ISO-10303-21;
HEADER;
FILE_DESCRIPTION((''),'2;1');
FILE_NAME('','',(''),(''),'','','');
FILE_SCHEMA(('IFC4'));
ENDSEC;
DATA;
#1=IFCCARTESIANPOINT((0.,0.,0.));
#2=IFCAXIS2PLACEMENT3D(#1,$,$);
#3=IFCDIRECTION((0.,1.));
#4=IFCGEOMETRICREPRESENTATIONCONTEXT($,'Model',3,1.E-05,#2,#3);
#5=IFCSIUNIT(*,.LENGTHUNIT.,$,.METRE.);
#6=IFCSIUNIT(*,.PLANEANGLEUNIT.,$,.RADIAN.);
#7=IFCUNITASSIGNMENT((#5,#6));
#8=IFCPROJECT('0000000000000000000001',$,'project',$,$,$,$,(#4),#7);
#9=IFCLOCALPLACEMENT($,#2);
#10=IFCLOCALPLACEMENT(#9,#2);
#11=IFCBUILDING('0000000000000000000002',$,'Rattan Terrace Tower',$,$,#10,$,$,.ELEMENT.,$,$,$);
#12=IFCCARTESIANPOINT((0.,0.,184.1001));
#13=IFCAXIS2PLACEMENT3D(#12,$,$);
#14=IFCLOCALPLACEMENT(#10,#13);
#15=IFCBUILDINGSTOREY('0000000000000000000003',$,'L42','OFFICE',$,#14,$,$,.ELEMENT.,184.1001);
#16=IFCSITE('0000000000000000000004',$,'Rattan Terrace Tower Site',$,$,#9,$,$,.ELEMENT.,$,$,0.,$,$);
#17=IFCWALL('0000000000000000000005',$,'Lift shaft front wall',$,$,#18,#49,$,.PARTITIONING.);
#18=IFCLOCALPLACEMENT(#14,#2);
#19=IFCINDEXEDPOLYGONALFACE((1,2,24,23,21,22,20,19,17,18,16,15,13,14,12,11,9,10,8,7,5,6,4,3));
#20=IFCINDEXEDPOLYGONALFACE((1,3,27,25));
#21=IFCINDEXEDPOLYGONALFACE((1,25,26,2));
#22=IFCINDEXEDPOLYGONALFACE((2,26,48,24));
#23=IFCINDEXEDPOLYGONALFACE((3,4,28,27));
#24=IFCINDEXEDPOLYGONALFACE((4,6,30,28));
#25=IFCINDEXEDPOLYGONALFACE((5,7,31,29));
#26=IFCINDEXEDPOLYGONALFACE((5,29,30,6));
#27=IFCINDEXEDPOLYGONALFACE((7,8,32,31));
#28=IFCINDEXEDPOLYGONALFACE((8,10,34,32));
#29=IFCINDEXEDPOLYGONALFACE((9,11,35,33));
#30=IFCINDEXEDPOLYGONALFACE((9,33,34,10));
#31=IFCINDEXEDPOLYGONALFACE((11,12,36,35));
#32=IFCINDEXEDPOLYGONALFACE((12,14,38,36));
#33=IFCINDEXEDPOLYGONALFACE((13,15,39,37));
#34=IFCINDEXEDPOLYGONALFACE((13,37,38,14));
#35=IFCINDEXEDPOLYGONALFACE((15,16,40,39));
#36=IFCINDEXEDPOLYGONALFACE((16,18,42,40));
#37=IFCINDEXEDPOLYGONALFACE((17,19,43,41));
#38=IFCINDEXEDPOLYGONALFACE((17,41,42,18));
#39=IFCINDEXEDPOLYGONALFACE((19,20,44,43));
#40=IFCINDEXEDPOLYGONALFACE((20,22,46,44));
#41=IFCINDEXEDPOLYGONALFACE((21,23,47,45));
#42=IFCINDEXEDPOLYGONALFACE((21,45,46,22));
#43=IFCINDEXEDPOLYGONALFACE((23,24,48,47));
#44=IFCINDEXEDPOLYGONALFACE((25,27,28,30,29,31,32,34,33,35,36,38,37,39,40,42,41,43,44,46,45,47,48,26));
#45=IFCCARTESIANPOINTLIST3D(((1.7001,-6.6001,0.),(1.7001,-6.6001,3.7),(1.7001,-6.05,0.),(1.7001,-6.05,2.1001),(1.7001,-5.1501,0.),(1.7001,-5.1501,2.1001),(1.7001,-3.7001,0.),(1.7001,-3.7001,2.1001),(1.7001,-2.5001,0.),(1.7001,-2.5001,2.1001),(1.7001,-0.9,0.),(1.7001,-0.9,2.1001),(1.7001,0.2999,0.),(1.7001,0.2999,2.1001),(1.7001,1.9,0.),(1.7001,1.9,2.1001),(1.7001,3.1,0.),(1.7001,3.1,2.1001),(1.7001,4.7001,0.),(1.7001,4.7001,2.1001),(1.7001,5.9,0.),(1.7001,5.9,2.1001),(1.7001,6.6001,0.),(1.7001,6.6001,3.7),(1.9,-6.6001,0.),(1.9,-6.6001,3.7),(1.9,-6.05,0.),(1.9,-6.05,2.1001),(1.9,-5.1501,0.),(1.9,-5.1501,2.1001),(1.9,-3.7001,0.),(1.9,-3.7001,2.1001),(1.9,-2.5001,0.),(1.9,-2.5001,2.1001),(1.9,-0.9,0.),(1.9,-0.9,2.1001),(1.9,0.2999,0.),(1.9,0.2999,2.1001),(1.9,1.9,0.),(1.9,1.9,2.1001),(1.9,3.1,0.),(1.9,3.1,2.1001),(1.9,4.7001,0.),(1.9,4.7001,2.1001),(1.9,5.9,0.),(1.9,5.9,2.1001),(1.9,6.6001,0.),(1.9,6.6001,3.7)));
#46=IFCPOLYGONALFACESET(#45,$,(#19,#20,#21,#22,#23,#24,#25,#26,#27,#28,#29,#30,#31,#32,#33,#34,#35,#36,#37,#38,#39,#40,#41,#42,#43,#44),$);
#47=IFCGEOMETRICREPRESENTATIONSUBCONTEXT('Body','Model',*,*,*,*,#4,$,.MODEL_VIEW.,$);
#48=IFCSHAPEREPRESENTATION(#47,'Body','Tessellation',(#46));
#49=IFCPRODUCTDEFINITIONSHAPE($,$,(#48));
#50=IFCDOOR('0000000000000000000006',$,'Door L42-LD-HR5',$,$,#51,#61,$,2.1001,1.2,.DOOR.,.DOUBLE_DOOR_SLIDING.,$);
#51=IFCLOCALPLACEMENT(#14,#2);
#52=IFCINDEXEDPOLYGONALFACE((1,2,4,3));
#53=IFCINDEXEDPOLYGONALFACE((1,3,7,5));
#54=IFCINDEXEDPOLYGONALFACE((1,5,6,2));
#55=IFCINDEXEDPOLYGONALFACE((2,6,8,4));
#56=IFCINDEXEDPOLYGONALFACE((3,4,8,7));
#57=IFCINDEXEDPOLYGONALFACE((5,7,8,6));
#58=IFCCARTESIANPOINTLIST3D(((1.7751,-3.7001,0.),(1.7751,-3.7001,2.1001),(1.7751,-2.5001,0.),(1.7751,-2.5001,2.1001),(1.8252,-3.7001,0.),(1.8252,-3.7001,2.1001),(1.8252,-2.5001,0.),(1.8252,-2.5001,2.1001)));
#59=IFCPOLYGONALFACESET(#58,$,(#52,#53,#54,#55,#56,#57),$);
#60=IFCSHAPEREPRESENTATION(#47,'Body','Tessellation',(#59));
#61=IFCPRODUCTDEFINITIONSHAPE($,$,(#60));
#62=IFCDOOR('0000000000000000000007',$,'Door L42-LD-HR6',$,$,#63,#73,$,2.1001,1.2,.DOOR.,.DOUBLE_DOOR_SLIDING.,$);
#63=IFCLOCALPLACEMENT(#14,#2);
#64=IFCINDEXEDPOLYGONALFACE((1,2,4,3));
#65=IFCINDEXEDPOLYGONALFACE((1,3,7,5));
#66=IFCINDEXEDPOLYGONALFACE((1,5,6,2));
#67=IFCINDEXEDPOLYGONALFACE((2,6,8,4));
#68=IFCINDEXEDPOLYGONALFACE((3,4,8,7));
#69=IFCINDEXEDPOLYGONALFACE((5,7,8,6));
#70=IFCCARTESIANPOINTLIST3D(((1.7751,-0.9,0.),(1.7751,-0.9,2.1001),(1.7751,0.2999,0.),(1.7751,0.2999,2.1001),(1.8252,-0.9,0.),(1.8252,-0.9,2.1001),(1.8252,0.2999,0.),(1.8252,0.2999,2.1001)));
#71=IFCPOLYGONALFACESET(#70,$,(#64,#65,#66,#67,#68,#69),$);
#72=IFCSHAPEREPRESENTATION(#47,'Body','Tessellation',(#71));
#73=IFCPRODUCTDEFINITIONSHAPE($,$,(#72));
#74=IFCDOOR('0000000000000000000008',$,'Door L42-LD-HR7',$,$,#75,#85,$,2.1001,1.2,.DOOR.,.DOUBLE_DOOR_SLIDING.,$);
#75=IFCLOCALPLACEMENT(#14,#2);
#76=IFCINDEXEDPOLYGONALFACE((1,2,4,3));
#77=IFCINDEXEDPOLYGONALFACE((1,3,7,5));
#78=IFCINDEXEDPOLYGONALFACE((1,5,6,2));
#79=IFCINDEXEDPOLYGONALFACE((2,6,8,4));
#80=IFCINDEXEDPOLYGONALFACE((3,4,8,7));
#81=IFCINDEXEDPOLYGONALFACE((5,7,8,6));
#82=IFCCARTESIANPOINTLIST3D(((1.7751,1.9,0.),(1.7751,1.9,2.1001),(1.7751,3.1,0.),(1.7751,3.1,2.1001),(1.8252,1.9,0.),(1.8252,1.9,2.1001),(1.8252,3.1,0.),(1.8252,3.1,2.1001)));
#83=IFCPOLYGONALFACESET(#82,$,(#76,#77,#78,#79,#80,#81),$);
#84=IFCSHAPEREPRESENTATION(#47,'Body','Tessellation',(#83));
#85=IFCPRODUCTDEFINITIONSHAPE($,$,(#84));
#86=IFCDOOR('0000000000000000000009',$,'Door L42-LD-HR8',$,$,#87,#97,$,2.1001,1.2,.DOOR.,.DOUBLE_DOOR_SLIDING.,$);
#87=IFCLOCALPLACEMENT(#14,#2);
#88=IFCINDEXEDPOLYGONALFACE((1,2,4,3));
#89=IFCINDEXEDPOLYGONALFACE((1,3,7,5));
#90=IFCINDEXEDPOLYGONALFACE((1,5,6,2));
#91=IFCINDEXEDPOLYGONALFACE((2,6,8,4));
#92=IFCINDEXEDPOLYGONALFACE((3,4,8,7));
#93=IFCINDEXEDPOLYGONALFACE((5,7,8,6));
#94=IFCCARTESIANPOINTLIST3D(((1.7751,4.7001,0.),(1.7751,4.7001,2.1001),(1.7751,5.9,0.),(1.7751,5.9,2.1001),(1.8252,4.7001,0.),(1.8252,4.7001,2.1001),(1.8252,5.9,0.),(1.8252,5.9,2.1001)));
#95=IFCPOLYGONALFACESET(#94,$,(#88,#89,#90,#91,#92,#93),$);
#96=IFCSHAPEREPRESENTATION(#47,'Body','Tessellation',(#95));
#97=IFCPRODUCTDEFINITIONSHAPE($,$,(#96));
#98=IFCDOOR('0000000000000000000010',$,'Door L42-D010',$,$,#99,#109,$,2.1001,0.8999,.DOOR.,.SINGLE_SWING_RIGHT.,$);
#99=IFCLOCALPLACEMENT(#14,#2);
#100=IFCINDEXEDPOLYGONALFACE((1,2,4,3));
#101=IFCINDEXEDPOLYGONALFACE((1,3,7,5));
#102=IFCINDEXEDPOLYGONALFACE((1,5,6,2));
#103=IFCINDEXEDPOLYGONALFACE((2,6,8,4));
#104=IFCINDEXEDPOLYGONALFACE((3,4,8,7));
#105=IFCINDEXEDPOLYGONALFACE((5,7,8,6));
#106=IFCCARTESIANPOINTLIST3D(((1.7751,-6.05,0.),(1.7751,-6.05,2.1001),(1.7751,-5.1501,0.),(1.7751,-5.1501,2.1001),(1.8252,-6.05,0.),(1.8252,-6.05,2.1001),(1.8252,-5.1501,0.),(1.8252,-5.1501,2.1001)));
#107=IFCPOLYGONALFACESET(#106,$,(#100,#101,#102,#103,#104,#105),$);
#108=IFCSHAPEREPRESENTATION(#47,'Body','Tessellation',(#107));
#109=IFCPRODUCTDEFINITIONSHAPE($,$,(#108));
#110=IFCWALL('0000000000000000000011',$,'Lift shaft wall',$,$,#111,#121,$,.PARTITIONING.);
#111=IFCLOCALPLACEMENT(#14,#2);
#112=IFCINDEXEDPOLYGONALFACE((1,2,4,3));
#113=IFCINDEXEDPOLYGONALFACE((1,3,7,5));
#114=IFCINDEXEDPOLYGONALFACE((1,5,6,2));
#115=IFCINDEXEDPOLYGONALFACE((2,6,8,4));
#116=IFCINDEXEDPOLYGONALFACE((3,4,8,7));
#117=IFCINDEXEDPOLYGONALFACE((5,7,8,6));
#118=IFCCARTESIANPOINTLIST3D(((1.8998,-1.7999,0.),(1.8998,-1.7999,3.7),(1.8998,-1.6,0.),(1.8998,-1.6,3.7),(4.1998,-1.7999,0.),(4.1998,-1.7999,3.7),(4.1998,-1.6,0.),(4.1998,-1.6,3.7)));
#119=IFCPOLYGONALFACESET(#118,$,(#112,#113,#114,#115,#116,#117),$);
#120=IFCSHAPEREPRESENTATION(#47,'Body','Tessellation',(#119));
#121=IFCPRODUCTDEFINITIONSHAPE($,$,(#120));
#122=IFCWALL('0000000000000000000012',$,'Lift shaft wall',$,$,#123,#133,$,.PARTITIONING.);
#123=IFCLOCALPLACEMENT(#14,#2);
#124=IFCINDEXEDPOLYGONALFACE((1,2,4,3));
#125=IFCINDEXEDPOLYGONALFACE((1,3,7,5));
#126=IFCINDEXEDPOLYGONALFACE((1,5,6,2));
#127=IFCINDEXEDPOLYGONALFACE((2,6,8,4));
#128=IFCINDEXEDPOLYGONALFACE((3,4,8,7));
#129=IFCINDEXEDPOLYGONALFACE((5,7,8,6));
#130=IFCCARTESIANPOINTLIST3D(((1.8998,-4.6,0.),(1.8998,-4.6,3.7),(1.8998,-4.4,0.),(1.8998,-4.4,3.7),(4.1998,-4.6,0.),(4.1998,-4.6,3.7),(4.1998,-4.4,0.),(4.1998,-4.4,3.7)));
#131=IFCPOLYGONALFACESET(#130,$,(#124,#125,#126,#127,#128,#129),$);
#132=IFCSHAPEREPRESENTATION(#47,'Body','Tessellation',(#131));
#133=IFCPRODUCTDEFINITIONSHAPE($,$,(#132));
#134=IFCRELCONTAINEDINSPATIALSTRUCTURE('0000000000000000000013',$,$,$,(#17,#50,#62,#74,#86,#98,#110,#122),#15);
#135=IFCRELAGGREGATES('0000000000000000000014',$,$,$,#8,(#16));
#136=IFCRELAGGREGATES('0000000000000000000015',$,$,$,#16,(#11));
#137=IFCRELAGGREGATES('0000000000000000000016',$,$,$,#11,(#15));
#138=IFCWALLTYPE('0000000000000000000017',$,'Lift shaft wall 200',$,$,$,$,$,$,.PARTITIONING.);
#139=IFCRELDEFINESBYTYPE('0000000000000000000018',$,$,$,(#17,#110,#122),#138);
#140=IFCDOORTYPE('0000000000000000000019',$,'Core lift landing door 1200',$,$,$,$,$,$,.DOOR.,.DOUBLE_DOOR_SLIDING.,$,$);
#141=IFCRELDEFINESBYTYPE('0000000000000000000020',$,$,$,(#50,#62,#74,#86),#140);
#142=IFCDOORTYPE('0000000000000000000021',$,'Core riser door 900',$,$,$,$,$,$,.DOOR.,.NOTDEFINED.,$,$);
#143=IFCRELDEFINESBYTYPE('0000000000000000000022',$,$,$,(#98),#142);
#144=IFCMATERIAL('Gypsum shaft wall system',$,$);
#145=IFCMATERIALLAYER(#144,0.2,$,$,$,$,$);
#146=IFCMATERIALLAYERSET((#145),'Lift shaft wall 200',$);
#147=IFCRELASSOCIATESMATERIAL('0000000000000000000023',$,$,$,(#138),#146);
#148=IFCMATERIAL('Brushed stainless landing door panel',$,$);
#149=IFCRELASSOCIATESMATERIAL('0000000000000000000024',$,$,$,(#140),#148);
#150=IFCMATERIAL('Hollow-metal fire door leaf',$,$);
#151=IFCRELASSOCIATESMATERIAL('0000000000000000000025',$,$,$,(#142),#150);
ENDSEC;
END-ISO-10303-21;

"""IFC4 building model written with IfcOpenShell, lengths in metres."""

from ifc_helpers import new_model, si_unit, direction, frame, frame_2d, origin, place, context, subcontext, project, spatial, rectangle, extrude, material, layer, layer_set, type_object, element, fill, save


model = new_model("IFC4")

# Units and contexts
model_context = context("Model", 3, precision=1e-05, world=origin(), true_north=direction((0.0, 1.0)))
body_context = subcontext(model_context, "Body", "Model", "MODEL_VIEW")
ifc_project = project(units=[si_unit("LENGTHUNIT", "METRE"), si_unit("PLANEANGLEUNIT", "RADIAN")], contexts=[model_context])

# Site, building, storey
site_placement = place(None, origin())
site = spatial("IfcSite", under=ifc_project, at=site_placement, Name="Rattan Terrace Tower Site", CompositionType="ELEMENT", RefElevation=0.0)
building_placement = place(site_placement, origin())
building = spatial("IfcBuilding", under=site, at=building_placement, Name="Rattan Terrace Tower", CompositionType="ELEMENT")
storey_placement = place(building_placement, frame((0.0, 0.0, 184.1001)))
storey = spatial("IfcBuildingStorey", under=building, at=storey_placement, Name="L42", Description="OFFICE", CompositionType="ELEMENT", Elevation=184.1001)

# Wall, openings, doors
ifc_material_1 = material(Name="Gypsum shaft wall system")
ifc_layer_1 = layer(ifc_material_1, 0.2)
ifc_layer_set_1 = layer_set([ifc_layer_1], Name="Lift shaft wall 200")
wall_type_1 = type_object("IfcWallType", Name="Lift shaft wall 200", PredefinedType="PARTITIONING", material=ifc_layer_set_1)
wall_1_placement = place(storey_placement, frame((1.8, -6.6001, 0.0), z_axis=(0.0, 0.0, 1.0), x_axis=(0.0, 1.0, 0.0)))
wall_1 = element("IfcWall", 1, at=wall_1_placement, inside=storey, type_object=wall_type_1, Name="Lift shaft front wall", PredefinedType="PARTITIONING", context=body_context, shape_type="SweptSolid", body=[
    extrude(rectangle(XDim=13.2002, YDim=0.2, at=frame_2d((6.6001, 0.0))), origin(), (0.0, 0.0, 1.0), 3.7),
])
opening_1_placement = place(wall_1_placement, frame((0.55, 0.0, 0.0)))
opening_1 = element("IfcOpeningElement", 2, at=opening_1_placement, cuts=wall_1, PredefinedType="OPENING", context=body_context, shape_type="SweptSolid", body=[
    extrude(rectangle(XDim=0.8999, YDim=2.1001, at=frame_2d((0.45, 1.05))), frame((0.0, 0.1106, 0.0), z_axis=(0.0, -1.0, 0.0), x_axis=(1.0, 0.0, 0.0)), (0.0, 0.0, 1.0), 0.2209),
])
opening_2_placement = place(wall_1_placement, frame((2.8999, 0.0, 0.0)))
opening_2 = element("IfcOpeningElement", 3, at=opening_2_placement, cuts=wall_1, PredefinedType="OPENING", context=body_context, shape_type="SweptSolid", body=[
    extrude(rectangle(XDim=1.2, YDim=2.1001, at=frame_2d((0.6001, 1.05))), frame((0.0, 0.1106, 0.0), z_axis=(0.0, -1.0, 0.0), x_axis=(1.0, 0.0, 0.0)), (0.0, 0.0, 1.0), 0.2209),
])
opening_3_placement = place(wall_1_placement, frame((5.7, 0.0, 0.0)))
opening_3 = element("IfcOpeningElement", 4, at=opening_3_placement, cuts=wall_1, PredefinedType="OPENING", context=body_context, shape_type="SweptSolid", body=[
    extrude(rectangle(XDim=1.2, YDim=2.1001, at=frame_2d((0.6001, 1.05))), frame((0.0, 0.1106, 0.0), z_axis=(0.0, -1.0, 0.0), x_axis=(1.0, 0.0, 0.0)), (0.0, 0.0, 1.0), 0.2209),
])
opening_4_placement = place(wall_1_placement, frame((8.5, 0.0, 0.0)))
opening_4 = element("IfcOpeningElement", 5, at=opening_4_placement, cuts=wall_1, PredefinedType="OPENING", context=body_context, shape_type="SweptSolid", body=[
    extrude(rectangle(XDim=1.2, YDim=2.1001, at=frame_2d((0.6001, 1.05))), frame((0.0, 0.1106, 0.0), z_axis=(0.0, -1.0, 0.0), x_axis=(1.0, 0.0, 0.0)), (0.0, 0.0, 1.0), 0.2209),
])
opening_5_placement = place(wall_1_placement, frame((11.3, 0.0, 0.0)))
opening_5 = element("IfcOpeningElement", 6, at=opening_5_placement, cuts=wall_1, PredefinedType="OPENING", context=body_context, shape_type="SweptSolid", body=[
    extrude(rectangle(XDim=1.2, YDim=2.1001, at=frame_2d((0.6001, 1.05))), frame((0.0, 0.1106, 0.0), z_axis=(0.0, -1.0, 0.0), x_axis=(1.0, 0.0, 0.0)), (0.0, 0.0, 1.0), 0.2209),
])
ifc_material_2 = material(Name="Brushed stainless landing door panel")
door_type_1 = type_object("IfcDoorType", Name="Core lift landing door 1200", OperationType="DOUBLE_DOOR_SLIDING", PredefinedType="DOOR", material=ifc_material_2)
door_1_placement = place(opening_2_placement, origin())
door_1 = element("IfcDoor", 7, at=door_1_placement, inside=storey, type_object=door_type_1, Name="Door L42-LD-HR5", OperationType="DOUBLE_DOOR_SLIDING", OverallHeight=2.1001, OverallWidth=1.2, PredefinedType="DOOR", context=body_context, shape_type="SweptSolid", body=[
    extrude(rectangle(XDim=1.2, YDim=2.1001, at=frame_2d((0.6001, 1.05))), frame((0.0, 0.0249, 0.0), z_axis=(0.0, -1.0, 0.0), x_axis=(1.0, 0.0, 0.0)), (0.0, 0.0, 1.0), 0.05),
])
fill(opening_2, door_1)
door_2_placement = place(opening_3_placement, origin())
door_2 = element("IfcDoor", 8, at=door_2_placement, inside=storey, type_object=door_type_1, Name="Door L42-LD-HR6", OperationType="DOUBLE_DOOR_SLIDING", OverallHeight=2.1001, OverallWidth=1.2, PredefinedType="DOOR", context=body_context, shape_type="SweptSolid", body=[
    extrude(rectangle(XDim=1.2, YDim=2.1001, at=frame_2d((0.6001, 1.05))), frame((0.0, 0.0249, 0.0), z_axis=(0.0, -1.0, 0.0), x_axis=(1.0, 0.0, 0.0)), (0.0, 0.0, 1.0), 0.05),
])
fill(opening_3, door_2)
door_3_placement = place(opening_4_placement, origin())
door_3 = element("IfcDoor", 9, at=door_3_placement, inside=storey, type_object=door_type_1, Name="Door L42-LD-HR7", OperationType="DOUBLE_DOOR_SLIDING", OverallHeight=2.1001, OverallWidth=1.2, PredefinedType="DOOR", context=body_context, shape_type="SweptSolid", body=[
    extrude(rectangle(XDim=1.2, YDim=2.1001, at=frame_2d((0.6001, 1.05))), frame((0.0, 0.0249, 0.0), z_axis=(0.0, -1.0, 0.0), x_axis=(1.0, 0.0, 0.0)), (0.0, 0.0, 1.0), 0.05),
])
fill(opening_4, door_3)
door_4_placement = place(opening_5_placement, origin())
door_4 = element("IfcDoor", 10, at=door_4_placement, inside=storey, type_object=door_type_1, Name="Door L42-LD-HR8", OperationType="DOUBLE_DOOR_SLIDING", OverallHeight=2.1001, OverallWidth=1.2, PredefinedType="DOOR", context=body_context, shape_type="SweptSolid", body=[
    extrude(rectangle(XDim=1.2, YDim=2.1001, at=frame_2d((0.6001, 1.05))), frame((0.0, 0.0249, 0.0), z_axis=(0.0, -1.0, 0.0), x_axis=(1.0, 0.0, 0.0)), (0.0, 0.0, 1.0), 0.05),
])
fill(opening_5, door_4)
ifc_material_3 = material(Name="Hollow-metal fire door leaf")
door_type_2 = type_object("IfcDoorType", Name="Core riser door 900", OperationType="NOTDEFINED", PredefinedType="DOOR", material=ifc_material_3)
door_5_placement = place(opening_1_placement, origin())
door_5 = element("IfcDoor", 11, at=door_5_placement, inside=storey, type_object=door_type_2, Name="Door L42-D010", OperationType="SINGLE_SWING_RIGHT", OverallHeight=2.1001, OverallWidth=0.8999, PredefinedType="DOOR", context=body_context, shape_type="SweptSolid", body=[
    extrude(rectangle(XDim=0.8999, YDim=2.1001, at=frame_2d((0.45, 1.05))), frame((0.0, 0.0249, 0.0), z_axis=(0.0, -1.0, 0.0), x_axis=(1.0, 0.0, 0.0)), (0.0, 0.0, 1.0), 0.05),
])
fill(opening_1, door_5)

# Walls
for number, where, z_axis, x_axis, name in (
    (12, (1.8999, -1.7, 0.0), (0.0, 0.0, 1.0), (1.0, 0.0, 0.0), "Lift shaft wall"),
    (13, (1.8999, -4.5, 0.0), (0.0, 0.0, 1.0), (1.0, 0.0, 0.0), "Lift shaft wall"),
):
    element("IfcWall", number, at=place(storey_placement, frame(where, z_axis=z_axis, x_axis=x_axis)), inside=storey, type_object=wall_type_1, Name=name, PredefinedType="PARTITIONING", context=body_context, shape_type="SweptSolid", body=[
        extrude(rectangle(XDim=2.3, YDim=0.2, at=frame_2d((1.1499, 0.0))), origin(), (0.0, 0.0, 1.0), 3.7),
    ])

save(model, "model.ifc")
